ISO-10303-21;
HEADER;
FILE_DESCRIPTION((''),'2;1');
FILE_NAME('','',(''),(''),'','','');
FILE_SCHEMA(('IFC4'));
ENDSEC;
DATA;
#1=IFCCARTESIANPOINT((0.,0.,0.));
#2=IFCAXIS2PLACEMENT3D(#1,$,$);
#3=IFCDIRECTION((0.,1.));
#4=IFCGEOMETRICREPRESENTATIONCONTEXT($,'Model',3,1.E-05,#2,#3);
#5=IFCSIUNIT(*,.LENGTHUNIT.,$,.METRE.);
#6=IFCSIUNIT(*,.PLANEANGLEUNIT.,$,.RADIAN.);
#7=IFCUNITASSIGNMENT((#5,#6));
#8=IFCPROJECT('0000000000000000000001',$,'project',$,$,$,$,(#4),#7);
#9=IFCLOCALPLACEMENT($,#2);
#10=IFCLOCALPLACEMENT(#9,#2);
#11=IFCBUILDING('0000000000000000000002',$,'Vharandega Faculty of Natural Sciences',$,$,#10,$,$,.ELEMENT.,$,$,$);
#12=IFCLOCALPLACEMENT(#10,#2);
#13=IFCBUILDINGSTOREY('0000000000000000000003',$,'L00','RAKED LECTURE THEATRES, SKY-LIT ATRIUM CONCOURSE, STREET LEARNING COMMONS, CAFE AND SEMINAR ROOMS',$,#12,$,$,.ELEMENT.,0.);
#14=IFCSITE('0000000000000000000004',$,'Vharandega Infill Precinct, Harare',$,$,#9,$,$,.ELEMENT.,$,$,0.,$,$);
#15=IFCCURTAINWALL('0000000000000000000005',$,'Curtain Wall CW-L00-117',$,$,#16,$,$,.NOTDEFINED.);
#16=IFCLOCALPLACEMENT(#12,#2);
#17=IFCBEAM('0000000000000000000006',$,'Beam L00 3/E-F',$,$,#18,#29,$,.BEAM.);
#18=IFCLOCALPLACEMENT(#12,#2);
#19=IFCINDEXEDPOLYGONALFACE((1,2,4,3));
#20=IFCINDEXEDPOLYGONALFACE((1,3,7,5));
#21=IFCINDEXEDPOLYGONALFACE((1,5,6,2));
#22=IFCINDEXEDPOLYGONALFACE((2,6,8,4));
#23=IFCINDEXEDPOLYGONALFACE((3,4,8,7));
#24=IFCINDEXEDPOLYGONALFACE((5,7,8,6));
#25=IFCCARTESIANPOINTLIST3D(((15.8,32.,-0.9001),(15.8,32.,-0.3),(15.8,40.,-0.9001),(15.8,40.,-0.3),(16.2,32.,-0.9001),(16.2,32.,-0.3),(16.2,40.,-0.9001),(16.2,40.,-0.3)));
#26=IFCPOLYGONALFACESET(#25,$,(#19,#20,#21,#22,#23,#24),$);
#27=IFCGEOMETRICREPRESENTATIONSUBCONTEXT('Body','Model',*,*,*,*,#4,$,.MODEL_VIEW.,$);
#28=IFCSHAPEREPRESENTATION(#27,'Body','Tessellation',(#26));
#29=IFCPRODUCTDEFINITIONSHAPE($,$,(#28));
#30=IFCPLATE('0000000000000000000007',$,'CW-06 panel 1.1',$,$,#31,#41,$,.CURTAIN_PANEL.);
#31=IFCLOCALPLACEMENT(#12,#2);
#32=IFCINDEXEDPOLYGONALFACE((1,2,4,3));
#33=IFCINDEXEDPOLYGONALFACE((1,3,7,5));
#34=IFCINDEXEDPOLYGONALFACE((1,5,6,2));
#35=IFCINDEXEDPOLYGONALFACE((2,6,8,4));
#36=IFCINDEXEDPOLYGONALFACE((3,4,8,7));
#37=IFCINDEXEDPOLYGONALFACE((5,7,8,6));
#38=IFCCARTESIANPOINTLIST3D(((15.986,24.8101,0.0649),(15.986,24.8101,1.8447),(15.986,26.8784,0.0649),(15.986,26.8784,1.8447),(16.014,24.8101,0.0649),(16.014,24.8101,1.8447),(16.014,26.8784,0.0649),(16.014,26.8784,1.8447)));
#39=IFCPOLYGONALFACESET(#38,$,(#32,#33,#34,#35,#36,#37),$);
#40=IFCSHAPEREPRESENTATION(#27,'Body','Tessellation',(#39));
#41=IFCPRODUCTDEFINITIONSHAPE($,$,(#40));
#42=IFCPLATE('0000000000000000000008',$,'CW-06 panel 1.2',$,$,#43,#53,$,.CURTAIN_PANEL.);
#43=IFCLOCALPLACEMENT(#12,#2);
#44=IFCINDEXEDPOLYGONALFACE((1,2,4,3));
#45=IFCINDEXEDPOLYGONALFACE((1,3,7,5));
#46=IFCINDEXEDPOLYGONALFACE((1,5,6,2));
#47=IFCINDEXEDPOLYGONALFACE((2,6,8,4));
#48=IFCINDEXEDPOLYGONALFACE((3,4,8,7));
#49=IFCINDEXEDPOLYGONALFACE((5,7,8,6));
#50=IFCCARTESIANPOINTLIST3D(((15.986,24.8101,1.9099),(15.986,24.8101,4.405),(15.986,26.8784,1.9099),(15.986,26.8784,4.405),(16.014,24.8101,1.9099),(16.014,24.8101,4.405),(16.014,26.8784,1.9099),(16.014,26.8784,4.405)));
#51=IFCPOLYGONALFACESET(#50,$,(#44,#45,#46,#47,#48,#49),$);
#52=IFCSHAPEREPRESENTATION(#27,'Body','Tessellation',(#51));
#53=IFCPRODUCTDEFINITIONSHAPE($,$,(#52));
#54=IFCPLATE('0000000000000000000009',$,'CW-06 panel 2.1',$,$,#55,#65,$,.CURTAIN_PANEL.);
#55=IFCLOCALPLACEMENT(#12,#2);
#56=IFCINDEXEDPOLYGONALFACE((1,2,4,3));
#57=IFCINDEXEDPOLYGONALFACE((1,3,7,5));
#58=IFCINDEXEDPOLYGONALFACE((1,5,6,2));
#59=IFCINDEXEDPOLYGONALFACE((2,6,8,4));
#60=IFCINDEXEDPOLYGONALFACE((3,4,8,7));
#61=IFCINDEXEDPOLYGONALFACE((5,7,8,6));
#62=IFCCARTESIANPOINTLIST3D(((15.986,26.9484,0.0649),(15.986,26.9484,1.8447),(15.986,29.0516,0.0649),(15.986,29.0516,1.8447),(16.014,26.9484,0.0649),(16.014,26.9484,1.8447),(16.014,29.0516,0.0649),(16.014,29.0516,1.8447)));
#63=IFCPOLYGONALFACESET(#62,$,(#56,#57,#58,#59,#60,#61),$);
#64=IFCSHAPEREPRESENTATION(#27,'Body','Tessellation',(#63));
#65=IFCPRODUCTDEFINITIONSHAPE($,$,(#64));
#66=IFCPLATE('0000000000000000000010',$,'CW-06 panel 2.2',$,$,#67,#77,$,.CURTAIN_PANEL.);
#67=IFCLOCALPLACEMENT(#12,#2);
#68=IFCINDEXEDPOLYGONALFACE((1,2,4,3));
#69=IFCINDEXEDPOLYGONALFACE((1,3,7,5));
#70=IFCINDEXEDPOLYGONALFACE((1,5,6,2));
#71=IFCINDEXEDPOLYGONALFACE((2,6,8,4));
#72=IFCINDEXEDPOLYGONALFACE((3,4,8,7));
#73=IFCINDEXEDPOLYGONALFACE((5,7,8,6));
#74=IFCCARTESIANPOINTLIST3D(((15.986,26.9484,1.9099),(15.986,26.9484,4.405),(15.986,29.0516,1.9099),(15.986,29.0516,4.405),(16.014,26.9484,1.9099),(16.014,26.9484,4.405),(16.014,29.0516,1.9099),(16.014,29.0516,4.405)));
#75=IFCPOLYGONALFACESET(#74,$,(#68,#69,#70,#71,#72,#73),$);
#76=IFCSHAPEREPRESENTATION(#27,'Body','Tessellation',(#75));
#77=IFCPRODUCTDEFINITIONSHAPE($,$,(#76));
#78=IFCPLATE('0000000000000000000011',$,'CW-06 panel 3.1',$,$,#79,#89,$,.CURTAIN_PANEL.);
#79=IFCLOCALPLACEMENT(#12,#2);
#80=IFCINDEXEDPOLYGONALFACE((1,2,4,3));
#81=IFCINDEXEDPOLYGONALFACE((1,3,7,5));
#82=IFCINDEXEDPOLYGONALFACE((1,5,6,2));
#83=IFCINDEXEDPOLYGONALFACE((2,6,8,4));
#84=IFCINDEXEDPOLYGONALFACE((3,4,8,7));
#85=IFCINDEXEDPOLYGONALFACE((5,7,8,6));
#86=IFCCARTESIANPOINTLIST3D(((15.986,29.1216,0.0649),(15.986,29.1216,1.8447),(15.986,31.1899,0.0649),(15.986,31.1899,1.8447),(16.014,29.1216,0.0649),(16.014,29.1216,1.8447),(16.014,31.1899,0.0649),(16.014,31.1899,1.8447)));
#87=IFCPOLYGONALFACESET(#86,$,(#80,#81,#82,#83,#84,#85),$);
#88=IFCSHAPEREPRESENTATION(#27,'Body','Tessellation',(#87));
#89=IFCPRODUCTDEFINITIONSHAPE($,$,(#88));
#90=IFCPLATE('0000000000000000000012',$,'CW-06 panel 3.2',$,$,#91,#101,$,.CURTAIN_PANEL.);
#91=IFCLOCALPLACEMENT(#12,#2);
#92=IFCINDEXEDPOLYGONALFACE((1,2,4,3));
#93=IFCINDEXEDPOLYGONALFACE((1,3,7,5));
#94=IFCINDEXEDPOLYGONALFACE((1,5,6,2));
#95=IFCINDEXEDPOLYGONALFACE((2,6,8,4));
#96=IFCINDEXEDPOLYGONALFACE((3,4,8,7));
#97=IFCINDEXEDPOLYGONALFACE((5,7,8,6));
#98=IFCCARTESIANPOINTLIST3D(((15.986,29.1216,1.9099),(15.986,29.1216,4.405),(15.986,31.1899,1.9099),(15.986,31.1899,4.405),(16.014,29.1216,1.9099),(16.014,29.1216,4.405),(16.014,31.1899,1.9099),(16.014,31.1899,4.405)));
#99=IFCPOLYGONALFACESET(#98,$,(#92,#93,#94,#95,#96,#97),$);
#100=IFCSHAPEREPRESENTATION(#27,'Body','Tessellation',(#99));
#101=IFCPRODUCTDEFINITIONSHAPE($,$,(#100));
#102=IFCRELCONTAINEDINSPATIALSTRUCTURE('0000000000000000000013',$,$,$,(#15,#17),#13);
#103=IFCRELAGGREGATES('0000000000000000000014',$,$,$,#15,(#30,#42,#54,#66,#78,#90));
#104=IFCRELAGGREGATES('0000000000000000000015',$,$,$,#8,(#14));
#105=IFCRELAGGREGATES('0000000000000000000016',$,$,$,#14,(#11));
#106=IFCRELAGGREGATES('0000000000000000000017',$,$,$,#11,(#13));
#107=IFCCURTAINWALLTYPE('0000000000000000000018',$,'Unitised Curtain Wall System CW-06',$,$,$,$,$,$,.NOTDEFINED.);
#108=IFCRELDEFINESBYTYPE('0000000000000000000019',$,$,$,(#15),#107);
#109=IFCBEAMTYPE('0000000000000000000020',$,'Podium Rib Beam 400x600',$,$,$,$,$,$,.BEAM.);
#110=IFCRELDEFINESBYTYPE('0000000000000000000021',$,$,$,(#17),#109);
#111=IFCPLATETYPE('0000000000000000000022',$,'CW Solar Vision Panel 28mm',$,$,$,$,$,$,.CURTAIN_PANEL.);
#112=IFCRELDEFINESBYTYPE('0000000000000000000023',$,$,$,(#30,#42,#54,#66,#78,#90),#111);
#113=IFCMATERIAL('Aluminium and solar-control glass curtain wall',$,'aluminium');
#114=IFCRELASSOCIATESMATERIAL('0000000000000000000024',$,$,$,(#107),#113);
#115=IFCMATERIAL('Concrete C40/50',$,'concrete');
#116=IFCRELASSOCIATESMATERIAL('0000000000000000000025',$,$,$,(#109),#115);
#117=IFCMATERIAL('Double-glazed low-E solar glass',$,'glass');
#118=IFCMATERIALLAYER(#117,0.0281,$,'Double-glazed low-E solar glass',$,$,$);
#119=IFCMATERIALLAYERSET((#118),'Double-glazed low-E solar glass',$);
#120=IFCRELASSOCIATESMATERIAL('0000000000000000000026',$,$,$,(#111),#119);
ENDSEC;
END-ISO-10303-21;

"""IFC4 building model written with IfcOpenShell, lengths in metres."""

from ifc_helpers import new_model, si_unit, direction, frame, origin, origin_2d, place, context, subcontext, project, spatial, rectangle, extrude, material, layer, layer_set, material_profile, profile_set, type_object, element, aggregate, save


model = new_model("IFC4")

# Units and contexts
model_context = context("Model", 3, precision=1e-05, world=origin(), true_north=direction((0.0, 1.0)))
body_context = subcontext(model_context, "Body", "Model", "MODEL_VIEW")
ifc_project = project(units=[si_unit("LENGTHUNIT", "METRE"), si_unit("PLANEANGLEUNIT", "RADIAN")], contexts=[model_context])

# Site, building, storey
site_placement = place(None, origin())
site = spatial("IfcSite", under=ifc_project, at=site_placement, Name="Vharandega Infill Precinct, Harare", CompositionType="ELEMENT", RefElevation=0.0)
building_placement = place(site_placement, origin())
building = spatial("IfcBuilding", under=site, at=building_placement, Name="Vharandega Faculty of Natural Sciences", CompositionType="ELEMENT")
storey_placement = place(building_placement, origin())
storey = spatial("IfcBuildingStorey", under=building, at=storey_placement, Name="L00", Description="RAKED LECTURE THEATRES, SKY-LIT ATRIUM CONCOURSE, STREET LEARNING COMMONS, CAFE AND SEMINAR ROOMS", CompositionType="ELEMENT", Elevation=0.0)

# Curtain wall
ifc_material_1 = material(Name="Aluminium and solar-control glass curtain wall", Category="aluminium")
curtain_wall_type = type_object("IfcCurtainWallType", Name="Unitised Curtain Wall System CW-06", PredefinedType="NOTDEFINED", material=ifc_material_1)
curtain_wall_placement = place(storey_placement, origin())
curtain_wall = element("IfcCurtainWall", 1, at=curtain_wall_placement, inside=storey, type_object=curtain_wall_type, Name="Curtain Wall CW-L00-117", PredefinedType="NOTDEFINED")

# Beam
ifc_material_2 = material(Name="Concrete C40/50", Category="concrete")
ifc_material_profile_1 = material_profile(ifc_material_2, rectangle(XDim=0.3999, YDim=0.6001, at=origin_2d()), Name="RC 400x600")
ifc_profile_set_1 = profile_set([ifc_material_profile_1], Name="Concrete C40/50")
beam_type_1 = type_object("IfcBeamType", Name="Podium Rib Beam 400x600", PredefinedType="BEAM", material=ifc_profile_set_1)
beam_1_placement = place(storey_placement, frame((16.0, 32.0, -0.6001), z_axis=(0.0, 1.0, 0.0), x_axis=(-1.0, 0.0, 0.0)))
element("IfcBeam", 2, at=beam_1_placement, inside=storey, type_object=beam_type_1, Name="Beam L00 3/E-F", PredefinedType="BEAM", context=body_context, shape_type="SweptSolid", body=[
    extrude(rectangle(XDim=0.3999, YDim=0.6001, at=origin_2d()), origin(), (0.0, 0.0, 1.0), 8.0),
])

# Plates
ifc_material_3 = material(Name="Double-glazed low-E solar glass", Category="glass")
ifc_layer = layer(ifc_material_3, 0.0281, Name="Double-glazed low-E solar glass")
ifc_layer_set = layer_set([ifc_layer], Name="Double-glazed low-E solar glass")
plate_type = type_object("IfcPlateType", Name="CW Solar Vision Panel 28mm", PredefinedType="CURTAIN_PANEL", material=ifc_layer_set)
plate_1_placement = place(storey_placement, frame((16.0, 25.8442, 0.0649), z_axis=(0.0, 0.0, 1.0), x_axis=(0.0, 1.0, 0.0)))
plate_1 = element("IfcPlate", 3, at=plate_1_placement, type_object=plate_type, Name="CW-06 panel 1.1", PredefinedType="CURTAIN_PANEL", context=body_context, shape_type="SweptSolid", body=[
    extrude(rectangle(XDim=2.0684, YDim=0.0281, at=origin_2d()), origin(), (0.0, 0.0, 1.0), 1.7798),
])
plate_2_placement = place(storey_placement, frame((16.0, 25.8442, 1.9099), z_axis=(0.0, 0.0, 1.0), x_axis=(0.0, 1.0, 0.0)))
plate_2 = element("IfcPlate", 4, at=plate_2_placement, type_object=plate_type, Name="CW-06 panel 1.2", PredefinedType="CURTAIN_PANEL", context=body_context, shape_type="SweptSolid", body=[
    extrude(rectangle(XDim=2.0684, YDim=0.0281, at=origin_2d()), origin(), (0.0, 0.0, 1.0), 2.4951),
])
plate_3_placement = place(storey_placement, frame((16.0, 28.0, 0.0649), z_axis=(0.0, 0.0, 1.0), x_axis=(0.0, 1.0, 0.0)))
plate_3 = element("IfcPlate", 5, at=plate_3_placement, type_object=plate_type, Name="CW-06 panel 2.1", PredefinedType="CURTAIN_PANEL", context=body_context, shape_type="SweptSolid", body=[
    extrude(rectangle(XDim=2.1033, YDim=0.0281, at=origin_2d()), origin(), (0.0, 0.0, 1.0), 1.7798),
])
plate_4_placement = place(storey_placement, frame((16.0, 28.0, 1.9099), z_axis=(0.0, 0.0, 1.0), x_axis=(0.0, 1.0, 0.0)))
plate_4 = element("IfcPlate", 6, at=plate_4_placement, type_object=plate_type, Name="CW-06 panel 2.2", PredefinedType="CURTAIN_PANEL", context=body_context, shape_type="SweptSolid", body=[
    extrude(rectangle(XDim=2.1033, YDim=0.0281, at=origin_2d()), origin(), (0.0, 0.0, 1.0), 2.4951),
])
plate_5_placement = place(storey_placement, frame((16.0, 30.1558, 0.0649), z_axis=(0.0, 0.0, 1.0), x_axis=(0.0, 1.0, 0.0)))
plate_5 = element("IfcPlate", 7, at=plate_5_placement, type_object=plate_type, Name="CW-06 panel 3.1", PredefinedType="CURTAIN_PANEL", context=body_context, shape_type="SweptSolid", body=[
    extrude(rectangle(XDim=2.0684, YDim=0.0281, at=origin_2d()), origin(), (0.0, 0.0, 1.0), 1.7798),
])
plate_6_placement = place(storey_placement, frame((16.0, 30.1558, 1.9099), z_axis=(0.0, 0.0, 1.0), x_axis=(0.0, 1.0, 0.0)))
plate_6 = element("IfcPlate", 8, at=plate_6_placement, type_object=plate_type, Name="CW-06 panel 3.2", PredefinedType="CURTAIN_PANEL", context=body_context, shape_type="SweptSolid", body=[
    extrude(rectangle(XDim=2.0684, YDim=0.0281, at=origin_2d()), origin(), (0.0, 0.0, 1.0), 2.4951),
])
aggregate(curtain_wall, [plate_1, plate_2, plate_3, plate_4, plate_5, plate_6])

save(model, "model.ifc")
